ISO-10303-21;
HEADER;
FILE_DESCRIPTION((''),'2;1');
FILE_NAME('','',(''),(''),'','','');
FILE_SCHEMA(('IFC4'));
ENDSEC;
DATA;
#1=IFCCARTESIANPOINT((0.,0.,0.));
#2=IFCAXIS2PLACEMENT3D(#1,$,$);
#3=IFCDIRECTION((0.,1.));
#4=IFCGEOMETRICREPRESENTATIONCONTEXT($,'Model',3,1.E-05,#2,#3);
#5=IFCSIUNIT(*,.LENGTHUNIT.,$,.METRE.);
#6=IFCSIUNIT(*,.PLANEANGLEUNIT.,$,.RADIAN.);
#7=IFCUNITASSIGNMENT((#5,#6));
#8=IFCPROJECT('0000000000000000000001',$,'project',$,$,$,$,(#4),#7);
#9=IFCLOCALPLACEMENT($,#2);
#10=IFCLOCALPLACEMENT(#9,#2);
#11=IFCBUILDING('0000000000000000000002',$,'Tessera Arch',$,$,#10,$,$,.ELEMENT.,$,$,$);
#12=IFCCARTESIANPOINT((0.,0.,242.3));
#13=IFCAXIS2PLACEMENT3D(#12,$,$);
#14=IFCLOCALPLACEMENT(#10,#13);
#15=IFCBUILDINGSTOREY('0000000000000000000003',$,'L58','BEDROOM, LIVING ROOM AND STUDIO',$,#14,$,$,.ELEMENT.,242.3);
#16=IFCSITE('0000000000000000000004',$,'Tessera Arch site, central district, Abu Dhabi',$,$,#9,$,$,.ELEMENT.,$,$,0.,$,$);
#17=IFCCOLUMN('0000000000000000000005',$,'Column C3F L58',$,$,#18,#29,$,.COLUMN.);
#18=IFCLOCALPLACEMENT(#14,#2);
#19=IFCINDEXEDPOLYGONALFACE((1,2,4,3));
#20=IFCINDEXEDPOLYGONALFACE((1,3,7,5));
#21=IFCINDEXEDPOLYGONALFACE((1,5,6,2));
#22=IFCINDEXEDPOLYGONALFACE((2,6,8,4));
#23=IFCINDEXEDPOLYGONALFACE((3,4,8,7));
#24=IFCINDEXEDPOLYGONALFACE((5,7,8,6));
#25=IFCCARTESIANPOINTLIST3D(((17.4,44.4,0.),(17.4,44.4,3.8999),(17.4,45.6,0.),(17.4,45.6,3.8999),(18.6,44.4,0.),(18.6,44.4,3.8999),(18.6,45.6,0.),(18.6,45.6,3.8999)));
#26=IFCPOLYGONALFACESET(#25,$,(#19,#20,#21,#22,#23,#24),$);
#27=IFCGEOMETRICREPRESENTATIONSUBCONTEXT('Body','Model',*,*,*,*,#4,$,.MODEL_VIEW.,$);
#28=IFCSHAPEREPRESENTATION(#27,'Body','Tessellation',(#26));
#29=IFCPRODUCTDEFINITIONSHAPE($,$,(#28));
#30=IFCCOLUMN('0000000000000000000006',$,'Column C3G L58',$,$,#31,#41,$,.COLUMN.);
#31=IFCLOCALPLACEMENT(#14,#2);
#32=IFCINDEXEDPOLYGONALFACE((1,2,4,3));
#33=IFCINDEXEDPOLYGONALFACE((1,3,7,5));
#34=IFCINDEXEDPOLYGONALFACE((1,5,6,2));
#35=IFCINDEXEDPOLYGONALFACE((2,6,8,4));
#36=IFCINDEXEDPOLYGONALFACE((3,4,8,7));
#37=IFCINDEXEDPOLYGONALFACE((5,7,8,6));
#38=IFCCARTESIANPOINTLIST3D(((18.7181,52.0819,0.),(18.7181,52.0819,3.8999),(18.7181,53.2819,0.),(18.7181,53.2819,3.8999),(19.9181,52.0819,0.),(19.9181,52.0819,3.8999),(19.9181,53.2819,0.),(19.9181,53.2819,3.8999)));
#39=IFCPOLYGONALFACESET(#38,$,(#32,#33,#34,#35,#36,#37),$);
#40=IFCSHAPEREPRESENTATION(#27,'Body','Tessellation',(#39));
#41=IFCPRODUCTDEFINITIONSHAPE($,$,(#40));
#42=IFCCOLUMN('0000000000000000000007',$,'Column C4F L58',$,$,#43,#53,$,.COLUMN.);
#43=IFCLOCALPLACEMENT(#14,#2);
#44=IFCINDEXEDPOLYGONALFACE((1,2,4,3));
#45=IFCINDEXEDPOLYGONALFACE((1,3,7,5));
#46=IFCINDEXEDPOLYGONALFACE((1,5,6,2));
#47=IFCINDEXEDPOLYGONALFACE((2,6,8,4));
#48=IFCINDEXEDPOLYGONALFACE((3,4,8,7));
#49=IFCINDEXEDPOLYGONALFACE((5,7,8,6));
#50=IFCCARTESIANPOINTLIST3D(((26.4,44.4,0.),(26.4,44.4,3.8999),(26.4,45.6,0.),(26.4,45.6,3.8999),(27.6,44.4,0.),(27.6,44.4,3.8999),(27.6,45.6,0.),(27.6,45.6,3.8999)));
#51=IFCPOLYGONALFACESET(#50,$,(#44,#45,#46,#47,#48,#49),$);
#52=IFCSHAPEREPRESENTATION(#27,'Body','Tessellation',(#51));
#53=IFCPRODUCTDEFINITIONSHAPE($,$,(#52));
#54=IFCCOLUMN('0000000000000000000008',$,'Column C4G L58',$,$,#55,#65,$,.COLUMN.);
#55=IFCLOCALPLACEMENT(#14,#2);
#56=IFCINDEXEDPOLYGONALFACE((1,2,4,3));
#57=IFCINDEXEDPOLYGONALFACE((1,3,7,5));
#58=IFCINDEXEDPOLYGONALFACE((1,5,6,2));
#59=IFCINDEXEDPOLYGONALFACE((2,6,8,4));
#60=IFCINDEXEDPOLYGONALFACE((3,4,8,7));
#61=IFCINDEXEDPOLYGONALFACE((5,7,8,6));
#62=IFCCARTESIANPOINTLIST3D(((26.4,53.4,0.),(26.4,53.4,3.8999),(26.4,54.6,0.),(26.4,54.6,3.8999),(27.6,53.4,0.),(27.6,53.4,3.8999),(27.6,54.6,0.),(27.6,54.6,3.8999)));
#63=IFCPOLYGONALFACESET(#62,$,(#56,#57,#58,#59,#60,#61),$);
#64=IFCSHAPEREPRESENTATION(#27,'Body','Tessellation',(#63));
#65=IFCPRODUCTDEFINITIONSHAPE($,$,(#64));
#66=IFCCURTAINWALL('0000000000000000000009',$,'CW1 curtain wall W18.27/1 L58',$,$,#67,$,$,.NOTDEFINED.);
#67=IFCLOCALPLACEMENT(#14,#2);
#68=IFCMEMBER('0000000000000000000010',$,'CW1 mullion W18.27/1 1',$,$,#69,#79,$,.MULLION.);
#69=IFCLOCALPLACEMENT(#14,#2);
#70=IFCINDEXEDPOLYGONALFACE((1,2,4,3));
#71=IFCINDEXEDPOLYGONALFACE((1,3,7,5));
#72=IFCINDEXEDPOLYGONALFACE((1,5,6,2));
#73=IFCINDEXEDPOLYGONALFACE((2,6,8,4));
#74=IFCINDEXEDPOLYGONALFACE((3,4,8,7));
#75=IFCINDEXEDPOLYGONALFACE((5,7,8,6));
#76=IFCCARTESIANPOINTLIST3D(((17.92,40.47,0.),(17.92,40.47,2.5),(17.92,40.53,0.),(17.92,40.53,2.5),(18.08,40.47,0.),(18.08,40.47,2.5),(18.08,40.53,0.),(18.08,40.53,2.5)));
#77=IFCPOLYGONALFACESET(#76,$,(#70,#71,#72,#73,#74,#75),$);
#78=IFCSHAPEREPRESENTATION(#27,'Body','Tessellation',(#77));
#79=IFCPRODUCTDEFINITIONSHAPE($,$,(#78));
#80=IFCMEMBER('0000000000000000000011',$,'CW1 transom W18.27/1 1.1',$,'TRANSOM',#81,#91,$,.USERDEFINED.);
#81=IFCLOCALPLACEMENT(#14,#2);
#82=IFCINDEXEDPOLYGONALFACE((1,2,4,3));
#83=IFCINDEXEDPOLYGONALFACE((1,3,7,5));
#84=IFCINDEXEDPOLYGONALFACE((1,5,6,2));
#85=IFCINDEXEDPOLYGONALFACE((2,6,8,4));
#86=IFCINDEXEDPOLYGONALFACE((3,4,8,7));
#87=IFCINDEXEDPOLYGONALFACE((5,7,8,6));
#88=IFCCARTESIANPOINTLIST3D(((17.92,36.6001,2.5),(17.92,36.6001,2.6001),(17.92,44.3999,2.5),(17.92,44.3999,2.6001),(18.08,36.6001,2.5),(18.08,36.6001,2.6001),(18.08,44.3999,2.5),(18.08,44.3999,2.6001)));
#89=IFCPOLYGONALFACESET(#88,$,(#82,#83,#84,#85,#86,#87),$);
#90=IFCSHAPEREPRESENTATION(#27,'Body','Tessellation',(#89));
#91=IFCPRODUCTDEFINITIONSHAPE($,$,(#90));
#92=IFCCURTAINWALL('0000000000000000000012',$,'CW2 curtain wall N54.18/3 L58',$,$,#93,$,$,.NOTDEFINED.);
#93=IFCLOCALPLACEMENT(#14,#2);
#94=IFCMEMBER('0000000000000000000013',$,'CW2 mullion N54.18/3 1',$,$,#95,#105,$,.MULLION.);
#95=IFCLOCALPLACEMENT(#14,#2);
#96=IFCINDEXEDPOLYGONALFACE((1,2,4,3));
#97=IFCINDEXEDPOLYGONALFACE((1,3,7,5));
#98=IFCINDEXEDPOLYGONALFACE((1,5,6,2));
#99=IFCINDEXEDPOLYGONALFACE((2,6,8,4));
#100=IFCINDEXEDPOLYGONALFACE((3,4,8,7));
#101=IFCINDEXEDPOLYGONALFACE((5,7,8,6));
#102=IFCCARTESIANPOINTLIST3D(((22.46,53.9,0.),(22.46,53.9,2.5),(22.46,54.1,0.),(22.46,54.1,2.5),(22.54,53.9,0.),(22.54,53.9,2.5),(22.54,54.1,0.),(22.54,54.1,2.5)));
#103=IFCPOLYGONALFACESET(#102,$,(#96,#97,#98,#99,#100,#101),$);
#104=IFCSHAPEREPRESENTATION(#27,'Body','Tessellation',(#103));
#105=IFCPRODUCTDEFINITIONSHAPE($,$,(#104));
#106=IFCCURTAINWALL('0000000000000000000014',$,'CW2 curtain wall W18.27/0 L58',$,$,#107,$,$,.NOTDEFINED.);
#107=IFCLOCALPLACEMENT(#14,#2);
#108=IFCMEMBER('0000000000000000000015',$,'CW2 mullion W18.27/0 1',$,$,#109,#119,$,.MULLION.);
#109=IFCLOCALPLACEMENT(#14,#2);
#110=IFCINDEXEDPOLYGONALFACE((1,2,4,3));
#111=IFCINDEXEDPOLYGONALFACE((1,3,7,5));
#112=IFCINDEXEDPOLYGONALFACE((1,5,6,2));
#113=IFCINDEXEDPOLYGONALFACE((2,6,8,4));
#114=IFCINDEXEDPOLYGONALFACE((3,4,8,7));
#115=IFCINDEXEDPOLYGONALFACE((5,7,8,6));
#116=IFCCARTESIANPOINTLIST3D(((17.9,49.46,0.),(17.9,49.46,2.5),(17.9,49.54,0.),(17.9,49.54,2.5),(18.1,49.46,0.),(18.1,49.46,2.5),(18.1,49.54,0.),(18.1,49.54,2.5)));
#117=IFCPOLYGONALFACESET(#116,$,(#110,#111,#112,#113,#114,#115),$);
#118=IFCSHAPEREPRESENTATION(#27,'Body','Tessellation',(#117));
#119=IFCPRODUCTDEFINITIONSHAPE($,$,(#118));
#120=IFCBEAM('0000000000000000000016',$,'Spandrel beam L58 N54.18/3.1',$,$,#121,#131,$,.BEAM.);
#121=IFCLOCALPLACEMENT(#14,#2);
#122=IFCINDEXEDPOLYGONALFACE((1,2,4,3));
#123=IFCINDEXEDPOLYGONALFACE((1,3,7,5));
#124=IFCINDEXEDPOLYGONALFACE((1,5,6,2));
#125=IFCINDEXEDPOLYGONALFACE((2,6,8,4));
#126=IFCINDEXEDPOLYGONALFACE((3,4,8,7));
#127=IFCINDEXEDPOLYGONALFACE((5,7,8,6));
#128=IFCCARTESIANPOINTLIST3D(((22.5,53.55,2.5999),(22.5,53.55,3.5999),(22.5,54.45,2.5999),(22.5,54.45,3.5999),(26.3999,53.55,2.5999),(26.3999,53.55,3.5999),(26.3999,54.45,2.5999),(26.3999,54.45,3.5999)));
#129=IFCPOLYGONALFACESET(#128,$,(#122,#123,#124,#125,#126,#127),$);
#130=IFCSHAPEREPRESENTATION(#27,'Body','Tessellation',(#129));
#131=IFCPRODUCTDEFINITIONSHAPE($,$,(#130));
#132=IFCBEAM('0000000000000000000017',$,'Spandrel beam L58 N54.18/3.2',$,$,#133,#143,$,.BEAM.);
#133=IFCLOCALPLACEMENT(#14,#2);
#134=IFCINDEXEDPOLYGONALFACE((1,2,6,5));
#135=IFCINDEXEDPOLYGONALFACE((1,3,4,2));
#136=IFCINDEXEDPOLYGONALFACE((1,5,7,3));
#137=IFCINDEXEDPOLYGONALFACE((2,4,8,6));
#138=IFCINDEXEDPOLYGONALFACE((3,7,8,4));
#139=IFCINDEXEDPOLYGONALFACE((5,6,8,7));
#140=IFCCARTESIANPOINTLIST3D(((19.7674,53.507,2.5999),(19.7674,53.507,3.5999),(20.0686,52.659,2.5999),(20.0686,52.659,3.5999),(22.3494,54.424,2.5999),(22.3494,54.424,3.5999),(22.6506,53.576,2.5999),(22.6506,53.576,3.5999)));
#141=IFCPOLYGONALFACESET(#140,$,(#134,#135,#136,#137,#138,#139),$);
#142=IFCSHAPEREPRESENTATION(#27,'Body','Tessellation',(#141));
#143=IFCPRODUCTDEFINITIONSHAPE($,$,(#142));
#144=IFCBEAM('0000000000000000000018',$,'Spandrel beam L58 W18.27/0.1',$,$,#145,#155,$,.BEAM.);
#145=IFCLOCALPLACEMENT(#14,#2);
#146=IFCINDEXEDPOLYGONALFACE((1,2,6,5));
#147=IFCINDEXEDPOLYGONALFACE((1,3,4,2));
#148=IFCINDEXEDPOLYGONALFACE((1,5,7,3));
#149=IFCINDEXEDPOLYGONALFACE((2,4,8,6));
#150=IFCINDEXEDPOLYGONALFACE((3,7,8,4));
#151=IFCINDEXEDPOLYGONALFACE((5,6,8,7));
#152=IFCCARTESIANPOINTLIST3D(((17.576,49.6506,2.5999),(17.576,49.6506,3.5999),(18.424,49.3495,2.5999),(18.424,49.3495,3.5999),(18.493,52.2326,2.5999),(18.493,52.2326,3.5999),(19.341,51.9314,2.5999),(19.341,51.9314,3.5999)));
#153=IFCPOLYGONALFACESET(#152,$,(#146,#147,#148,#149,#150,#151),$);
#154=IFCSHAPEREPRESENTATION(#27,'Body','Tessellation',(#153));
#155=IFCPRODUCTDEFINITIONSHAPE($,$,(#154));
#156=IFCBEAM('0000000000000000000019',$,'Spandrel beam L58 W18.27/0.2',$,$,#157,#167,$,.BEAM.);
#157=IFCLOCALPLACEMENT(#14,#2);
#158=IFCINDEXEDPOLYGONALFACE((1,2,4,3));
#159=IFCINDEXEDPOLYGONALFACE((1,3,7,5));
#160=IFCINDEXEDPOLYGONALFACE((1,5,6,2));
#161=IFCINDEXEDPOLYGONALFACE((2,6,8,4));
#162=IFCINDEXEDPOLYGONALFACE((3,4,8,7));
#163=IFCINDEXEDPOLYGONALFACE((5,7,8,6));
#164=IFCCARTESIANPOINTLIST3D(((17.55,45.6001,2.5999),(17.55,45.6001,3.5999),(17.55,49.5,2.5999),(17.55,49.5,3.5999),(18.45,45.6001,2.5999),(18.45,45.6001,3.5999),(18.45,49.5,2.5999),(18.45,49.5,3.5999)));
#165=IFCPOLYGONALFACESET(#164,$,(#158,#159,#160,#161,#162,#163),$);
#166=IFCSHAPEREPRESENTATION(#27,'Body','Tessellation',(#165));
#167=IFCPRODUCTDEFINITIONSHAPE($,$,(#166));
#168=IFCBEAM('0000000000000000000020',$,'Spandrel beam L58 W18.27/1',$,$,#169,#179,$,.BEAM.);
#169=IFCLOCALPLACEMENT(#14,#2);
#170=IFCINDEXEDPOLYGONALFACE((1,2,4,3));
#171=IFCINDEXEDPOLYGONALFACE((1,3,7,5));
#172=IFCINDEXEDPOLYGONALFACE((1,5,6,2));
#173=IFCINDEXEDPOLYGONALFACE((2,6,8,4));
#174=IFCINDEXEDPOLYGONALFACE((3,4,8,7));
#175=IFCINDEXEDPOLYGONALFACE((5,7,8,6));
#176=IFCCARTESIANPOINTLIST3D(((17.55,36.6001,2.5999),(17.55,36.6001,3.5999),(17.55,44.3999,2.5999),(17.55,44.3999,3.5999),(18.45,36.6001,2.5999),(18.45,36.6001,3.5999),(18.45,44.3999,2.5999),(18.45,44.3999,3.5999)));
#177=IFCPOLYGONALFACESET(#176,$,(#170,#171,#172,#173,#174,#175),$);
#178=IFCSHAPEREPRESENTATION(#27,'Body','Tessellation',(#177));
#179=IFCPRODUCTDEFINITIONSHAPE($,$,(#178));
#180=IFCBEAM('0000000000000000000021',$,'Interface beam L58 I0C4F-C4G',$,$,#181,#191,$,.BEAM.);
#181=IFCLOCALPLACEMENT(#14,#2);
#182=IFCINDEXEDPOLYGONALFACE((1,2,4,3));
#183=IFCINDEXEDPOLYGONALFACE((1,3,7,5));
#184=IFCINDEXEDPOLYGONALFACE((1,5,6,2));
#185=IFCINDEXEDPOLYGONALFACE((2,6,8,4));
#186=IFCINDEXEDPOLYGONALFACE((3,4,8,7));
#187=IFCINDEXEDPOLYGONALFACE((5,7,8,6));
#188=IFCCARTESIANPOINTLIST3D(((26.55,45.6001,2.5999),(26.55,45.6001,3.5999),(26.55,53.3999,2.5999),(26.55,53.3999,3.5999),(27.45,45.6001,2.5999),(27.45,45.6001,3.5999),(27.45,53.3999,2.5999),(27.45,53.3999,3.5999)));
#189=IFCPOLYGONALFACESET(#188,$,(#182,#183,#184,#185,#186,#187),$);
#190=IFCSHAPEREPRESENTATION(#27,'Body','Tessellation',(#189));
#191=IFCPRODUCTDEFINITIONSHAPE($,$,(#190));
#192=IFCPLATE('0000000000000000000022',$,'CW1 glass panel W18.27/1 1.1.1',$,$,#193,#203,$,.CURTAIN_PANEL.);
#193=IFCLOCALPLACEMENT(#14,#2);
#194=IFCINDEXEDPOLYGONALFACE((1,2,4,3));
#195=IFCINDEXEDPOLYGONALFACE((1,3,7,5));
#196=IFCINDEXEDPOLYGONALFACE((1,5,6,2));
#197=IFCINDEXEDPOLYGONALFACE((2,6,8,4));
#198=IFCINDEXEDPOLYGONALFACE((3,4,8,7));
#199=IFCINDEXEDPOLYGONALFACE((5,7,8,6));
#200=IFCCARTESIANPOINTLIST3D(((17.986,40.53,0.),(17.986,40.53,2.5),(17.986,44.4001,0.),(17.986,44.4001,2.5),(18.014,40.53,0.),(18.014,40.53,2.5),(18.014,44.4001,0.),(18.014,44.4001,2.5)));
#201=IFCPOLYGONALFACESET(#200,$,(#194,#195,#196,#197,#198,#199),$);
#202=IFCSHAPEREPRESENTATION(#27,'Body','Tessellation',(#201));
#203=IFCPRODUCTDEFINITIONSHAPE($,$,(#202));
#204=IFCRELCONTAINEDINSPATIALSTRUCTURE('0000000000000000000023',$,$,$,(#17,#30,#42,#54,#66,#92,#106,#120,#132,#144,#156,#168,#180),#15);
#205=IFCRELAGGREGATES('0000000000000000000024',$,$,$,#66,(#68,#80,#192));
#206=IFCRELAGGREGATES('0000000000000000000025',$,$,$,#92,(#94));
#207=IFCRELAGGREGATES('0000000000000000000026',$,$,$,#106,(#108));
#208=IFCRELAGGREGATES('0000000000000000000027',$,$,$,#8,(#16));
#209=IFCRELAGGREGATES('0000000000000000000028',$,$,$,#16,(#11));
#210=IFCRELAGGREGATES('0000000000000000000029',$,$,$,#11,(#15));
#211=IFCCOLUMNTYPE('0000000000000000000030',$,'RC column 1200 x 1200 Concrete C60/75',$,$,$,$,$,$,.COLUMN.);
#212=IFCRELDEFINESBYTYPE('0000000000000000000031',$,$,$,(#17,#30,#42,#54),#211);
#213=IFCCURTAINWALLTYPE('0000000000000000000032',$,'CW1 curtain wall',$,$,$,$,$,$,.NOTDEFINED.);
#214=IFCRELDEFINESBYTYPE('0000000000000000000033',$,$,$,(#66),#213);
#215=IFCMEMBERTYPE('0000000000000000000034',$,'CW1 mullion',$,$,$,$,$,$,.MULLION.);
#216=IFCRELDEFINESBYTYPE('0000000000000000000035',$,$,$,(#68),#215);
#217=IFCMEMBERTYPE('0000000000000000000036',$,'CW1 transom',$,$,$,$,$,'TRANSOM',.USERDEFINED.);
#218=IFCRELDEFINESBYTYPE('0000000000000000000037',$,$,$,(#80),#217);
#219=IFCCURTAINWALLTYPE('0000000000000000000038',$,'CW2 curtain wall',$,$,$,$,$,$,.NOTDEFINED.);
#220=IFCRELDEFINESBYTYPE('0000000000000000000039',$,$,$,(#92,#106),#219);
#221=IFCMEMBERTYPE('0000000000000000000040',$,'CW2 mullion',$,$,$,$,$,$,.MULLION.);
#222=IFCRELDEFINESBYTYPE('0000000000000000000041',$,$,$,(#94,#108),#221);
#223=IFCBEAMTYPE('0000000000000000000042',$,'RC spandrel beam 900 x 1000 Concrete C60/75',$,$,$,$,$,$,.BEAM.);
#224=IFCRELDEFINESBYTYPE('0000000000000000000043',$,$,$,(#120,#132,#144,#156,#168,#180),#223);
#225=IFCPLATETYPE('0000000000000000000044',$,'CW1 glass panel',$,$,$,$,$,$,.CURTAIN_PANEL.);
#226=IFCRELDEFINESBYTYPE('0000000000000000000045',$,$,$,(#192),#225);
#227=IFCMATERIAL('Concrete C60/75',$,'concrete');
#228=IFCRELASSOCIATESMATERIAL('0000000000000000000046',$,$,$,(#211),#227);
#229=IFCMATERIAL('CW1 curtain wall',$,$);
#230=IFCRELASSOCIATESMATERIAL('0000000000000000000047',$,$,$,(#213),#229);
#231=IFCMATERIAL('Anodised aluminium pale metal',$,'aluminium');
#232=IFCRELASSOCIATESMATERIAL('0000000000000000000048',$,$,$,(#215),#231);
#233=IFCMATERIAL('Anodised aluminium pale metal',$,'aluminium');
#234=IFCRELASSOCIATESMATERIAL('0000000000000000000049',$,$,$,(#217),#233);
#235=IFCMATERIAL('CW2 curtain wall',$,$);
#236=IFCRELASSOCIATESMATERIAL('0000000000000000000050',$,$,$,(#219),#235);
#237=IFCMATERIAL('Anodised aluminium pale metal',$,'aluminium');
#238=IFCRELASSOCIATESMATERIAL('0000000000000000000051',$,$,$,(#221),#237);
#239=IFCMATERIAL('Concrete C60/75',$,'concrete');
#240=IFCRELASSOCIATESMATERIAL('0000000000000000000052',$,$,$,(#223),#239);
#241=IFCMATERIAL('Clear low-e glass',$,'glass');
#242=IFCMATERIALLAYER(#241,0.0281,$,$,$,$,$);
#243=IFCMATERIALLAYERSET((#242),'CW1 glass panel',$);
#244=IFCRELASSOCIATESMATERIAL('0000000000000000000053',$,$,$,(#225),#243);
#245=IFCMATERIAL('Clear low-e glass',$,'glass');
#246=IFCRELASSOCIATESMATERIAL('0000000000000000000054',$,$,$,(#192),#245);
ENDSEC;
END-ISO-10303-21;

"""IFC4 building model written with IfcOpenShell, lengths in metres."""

from ifc_helpers import new_model, si_unit, direction, frame, origin, origin_2d, place, context, subcontext, project, spatial, rectangle, extrude, material, layer, layer_set, material_profile, profile_set, type_object, element, aggregate, save


model = new_model("IFC4")

# Units and contexts
model_context = context("Model", 3, precision=1e-05, world=origin(), true_north=direction((0.0, 1.0)))
body_context = subcontext(model_context, "Body", "Model", "MODEL_VIEW")
ifc_project = project(units=[si_unit("LENGTHUNIT", "METRE"), si_unit("PLANEANGLEUNIT", "RADIAN")], contexts=[model_context])

# Site, building, storey
site_placement = place(None, origin())
site = spatial("IfcSite", under=ifc_project, at=site_placement, Name="Tessera Arch site, central district, Abu Dhabi", CompositionType="ELEMENT", RefElevation=0.0)
building_placement = place(site_placement, origin())
building = spatial("IfcBuilding", under=site, at=building_placement, Name="Tessera Arch", CompositionType="ELEMENT")
storey_placement = place(building_placement, frame((0.0, 0.0, 242.3)))
storey = spatial("IfcBuildingStorey", under=building, at=storey_placement, Name="L58", Description="BEDROOM, LIVING ROOM AND STUDIO", CompositionType="ELEMENT", Elevation=242.3)

# Columns
ifc_material_1 = material(Name="Concrete C60/75", Category="concrete")
ifc_material_profile_1 = material_profile(ifc_material_1, rectangle(XDim=1.2, YDim=1.2, at=origin_2d()), Name="RC column 1200 x 1200 Concrete C60/75")
ifc_profile_set_1 = profile_set([ifc_material_profile_1], Name="Concrete C60/75")
column_type = type_object("IfcColumnType", Name="RC column 1200 x 1200 Concrete C60/75", PredefinedType="COLUMN", material=ifc_profile_set_1)
for number, where, z_axis, x_axis, name in (
    (1, (18.0, 45.0, 0.0), (0.0, 0.0, 1.0), (1.0, 0.0, 0.0), "Column C3F L58"),
    (2, (19.3181, 52.6819, 0.0), (0.0, 0.0, 1.0), (1.0, 0.0, 0.0), "Column C3G L58"),
    (3, (27.0, 45.0, 0.0), (0.0, 0.0, 1.0), (1.0, 0.0, 0.0), "Column C4F L58"),
    (4, (27.0, 54.0, 0.0), (0.0, 0.0, 1.0), (1.0, 0.0, 0.0), "Column C4G L58"),
):
    element("IfcColumn", number, at=place(storey_placement, frame(where, z_axis=z_axis, x_axis=x_axis)), inside=storey, type_object=column_type, Name=name, PredefinedType="COLUMN", context=body_context, shape_type="SweptSolid", body=[
        extrude(rectangle(XDim=1.2, YDim=1.2, at=origin_2d()), origin(), (0.0, 0.0, 1.0), 3.8999),
    ])

# Curtain wall, members
ifc_material_2 = material(Name="CW1 curtain wall")
curtain_wall_type_1 = type_object("IfcCurtainWallType", Name="CW1 curtain wall", PredefinedType="NOTDEFINED", material=ifc_material_2)
curtain_wall_1_placement = place(storey_placement, origin())
curtain_wall_1 = element("IfcCurtainWall", 5, at=curtain_wall_1_placement, inside=storey, type_object=curtain_wall_type_1, Name="CW1 curtain wall W18.27/1 L58", PredefinedType="NOTDEFINED")
ifc_material_3 = material(Name="Anodised aluminium pale metal", Category="aluminium")
ifc_material_profile_2 = material_profile(ifc_material_3, rectangle(XDim=0.1599, YDim=0.0601, at=origin_2d()), Name="AL 60x160")
ifc_profile_set_2 = profile_set([ifc_material_profile_2], Name="Anodised aluminium pale metal")
member_type_1 = type_object("IfcMemberType", Name="CW1 mullion", PredefinedType="MULLION", material=ifc_profile_set_2)
member_1_placement = place(storey_placement, frame((18.0, 40.5, 0.0), z_axis=(0.0, 0.0, 1.0), x_axis=(1.0, 0.0, 0.0)))
member_1 = element("IfcMember", 6, at=member_1_placement, type_object=member_type_1, Name="CW1 mullion W18.27/1 1", PredefinedType="MULLION", context=body_context, shape_type="SweptSolid", body=[
    extrude(rectangle(XDim=0.1599, YDim=0.0601, at=origin_2d()), origin(), (0.0, 0.0, 1.0), 2.5),
])
ifc_material_4 = material(Name="Anodised aluminium pale metal", Category="aluminium")
ifc_material_profile_3 = material_profile(ifc_material_4, rectangle(XDim=0.1599, YDim=0.1001, at=origin_2d()), Name="AL 160x100")
ifc_profile_set_3 = profile_set([ifc_material_profile_3], Name="Anodised aluminium pale metal")
member_type_2 = type_object("IfcMemberType", Name="CW1 transom", ElementType="TRANSOM", PredefinedType="USERDEFINED", material=ifc_profile_set_3)
member_2_placement = place(storey_placement, frame((18.0, 44.3999, 2.55), z_axis=(0.0, -1.0, 0.0), x_axis=(1.0, 0.0, 0.0)))
member_2 = element("IfcMember", 7, at=member_2_placement, type_object=member_type_2, Name="CW1 transom W18.27/1 1.1", ObjectType="TRANSOM", PredefinedType="USERDEFINED", context=body_context, shape_type="SweptSolid", body=[
    extrude(rectangle(XDim=0.1599, YDim=0.1001, at=origin_2d()), origin(), (0.0, 0.0, 1.0), 7.7998),
])

# Curtain walls, members
ifc_material_5 = material(Name="CW2 curtain wall")
curtain_wall_type_2 = type_object("IfcCurtainWallType", Name="CW2 curtain wall", PredefinedType="NOTDEFINED", material=ifc_material_5)
curtain_wall_2_placement = place(storey_placement, origin())
curtain_wall_2 = element("IfcCurtainWall", 8, at=curtain_wall_2_placement, inside=storey, type_object=curtain_wall_type_2, Name="CW2 curtain wall N54.18/3 L58", PredefinedType="NOTDEFINED")
ifc_material_6 = material(Name="Anodised aluminium pale metal", Category="aluminium")
ifc_material_profile_4 = material_profile(ifc_material_6, rectangle(XDim=0.2, YDim=0.0801, at=origin_2d()), Name="AL 80x200")
ifc_profile_set_4 = profile_set([ifc_material_profile_4], Name="Anodised aluminium pale metal")
member_type_3 = type_object("IfcMemberType", Name="CW2 mullion", PredefinedType="MULLION", material=ifc_profile_set_4)
member_3_placement = place(storey_placement, frame((22.5, 54.0, 0.0), z_axis=(0.0, 0.0, 1.0), x_axis=(0.0, -1.0, 0.0)))
member_3 = element("IfcMember", 9, at=member_3_placement, type_object=member_type_3, Name="CW2 mullion N54.18/3 1", PredefinedType="MULLION", context=body_context, shape_type="SweptSolid", body=[
    extrude(rectangle(XDim=0.2, YDim=0.0801, at=origin_2d()), origin(), (0.0, 0.0, 1.0), 2.5),
])
curtain_wall_3_placement = place(storey_placement, origin())
curtain_wall_3 = element("IfcCurtainWall", 10, at=curtain_wall_3_placement, inside=storey, type_object=curtain_wall_type_2, Name="CW2 curtain wall W18.27/0 L58", PredefinedType="NOTDEFINED")
member_4_placement = place(storey_placement, frame((18.0, 49.5, 0.0), z_axis=(0.0, 0.0, 1.0), x_axis=(1.0, 0.0, 0.0)))
member_4 = element("IfcMember", 11, at=member_4_placement, type_object=member_type_3, Name="CW2 mullion W18.27/0 1", PredefinedType="MULLION", context=body_context, shape_type="SweptSolid", body=[
    extrude(rectangle(XDim=0.2, YDim=0.0801, at=origin_2d()), origin(), (0.0, 0.0, 1.0), 2.5),
])

# Beams
ifc_material_7 = material(Name="Concrete C60/75", Category="concrete")
ifc_material_profile_5 = material_profile(ifc_material_7, rectangle(XDim=0.8999, YDim=1.0, at=origin_2d()), Name="RC spandrel beam 900 x 1000 Concrete C60/75")
ifc_profile_set_5 = profile_set([ifc_material_profile_5], Name="Concrete C60/75")
beam_type = type_object("IfcBeamType", Name="RC spandrel beam 900 x 1000 Concrete C60/75", PredefinedType="BEAM", material=ifc_profile_set_5)
beam_1_placement = place(storey_placement, frame((26.3999, 54.0, 3.0999), z_axis=(-1.0, 0.0, 0.0), x_axis=(0.0, -1.0, 0.0)))
element("IfcBeam", 12, at=beam_1_placement, inside=storey, type_object=beam_type, Name="Spandrel beam L58 N54.18/3.1", PredefinedType="BEAM", context=body_context, shape_type="SweptSolid", body=[
    extrude(rectangle(XDim=0.8999, YDim=1.0, at=origin_2d()), origin(), (0.0, 0.0, 1.0), 3.8999),
])
for number, where, z_axis, x_axis, name in (
    (13, (22.5, 54.0, 3.0999), (-0.942337, -0.334665, 0.0), (0.334665, -0.942337, 0.0), "Spandrel beam L58 N54.18/3.2"),
    (14, (18.917, 52.082, 3.0999), (-0.334665, -0.942337, 0.0), (0.942337, -0.334665, 0.0), "Spandrel beam L58 W18.27/0.1"),
):
    element("IfcBeam", number, at=place(storey_placement, frame(where, z_axis=z_axis, x_axis=x_axis)), inside=storey, type_object=beam_type, Name=name, PredefinedType="BEAM", context=body_context, shape_type="SweptSolid", body=[
        extrude(rectangle(XDim=0.8999, YDim=1.0, at=origin_2d()), origin(), (0.0, 0.0, 1.0), 2.74),
    ])
beam_2_placement = place(storey_placement, frame((18.0, 49.5, 3.0999), z_axis=(0.0, -1.0, 0.0), x_axis=(1.0, 0.0, 0.0)))
element("IfcBeam", 15, at=beam_2_placement, inside=storey, type_object=beam_type, Name="Spandrel beam L58 W18.27/0.2", PredefinedType="BEAM", context=body_context, shape_type="SweptSolid", body=[
    extrude(rectangle(XDim=0.8999, YDim=1.0, at=origin_2d()), origin(), (0.0, 0.0, 1.0), 3.8999),
])
for number, where, z_axis, x_axis, name in (
    (16, (18.0, 44.3999, 3.0999), (0.0, -1.0, 0.0), (1.0, 0.0, 0.0), "Spandrel beam L58 W18.27/1"),
    (17, (27.0, 45.6001, 3.0999), (0.0, 1.0, 0.0), (-1.0, 0.0, 0.0), "Interface beam L58 I0C4F-C4G"),
):
    element("IfcBeam", number, at=place(storey_placement, frame(where, z_axis=z_axis, x_axis=x_axis)), inside=storey, type_object=beam_type, Name=name, PredefinedType="BEAM", context=body_context, shape_type="SweptSolid", body=[
        extrude(rectangle(XDim=0.8999, YDim=1.0, at=origin_2d()), origin(), (0.0, 0.0, 1.0), 7.7998),
    ])

# Plate
ifc_material_8 = material(Name="Clear low-e glass", Category="glass")
ifc_material_9 = material(Name="Clear low-e glass", Category="glass")
ifc_layer_1 = layer(ifc_material_9, 0.0281)
ifc_layer_set_1 = layer_set([ifc_layer_1], Name="CW1 glass panel")
plate_type_1 = type_object("IfcPlateType", Name="CW1 glass panel", PredefinedType="CURTAIN_PANEL", material=ifc_layer_set_1)
plate_1_placement = place(storey_placement, frame((18.0, 42.4651, 0.0), z_axis=(0.0, 0.0, 1.0), x_axis=(0.0, -1.0, 0.0)))
plate_1 = element("IfcPlate", 18, at=plate_1_placement, type_object=plate_type_1, material=ifc_material_8, Name="CW1 glass panel W18.27/1 1.1.1", PredefinedType="CURTAIN_PANEL", context=body_context, shape_type="SweptSolid", body=[
    extrude(rectangle(XDim=3.8701, YDim=0.0281, at=origin_2d()), origin(), (0.0, 0.0, 1.0), 2.5),
])
aggregate(curtain_wall_1, [member_1, member_2, plate_1])
aggregate(curtain_wall_2, [member_3])
aggregate(curtain_wall_3, [member_4])

save(model, "model.ifc")
